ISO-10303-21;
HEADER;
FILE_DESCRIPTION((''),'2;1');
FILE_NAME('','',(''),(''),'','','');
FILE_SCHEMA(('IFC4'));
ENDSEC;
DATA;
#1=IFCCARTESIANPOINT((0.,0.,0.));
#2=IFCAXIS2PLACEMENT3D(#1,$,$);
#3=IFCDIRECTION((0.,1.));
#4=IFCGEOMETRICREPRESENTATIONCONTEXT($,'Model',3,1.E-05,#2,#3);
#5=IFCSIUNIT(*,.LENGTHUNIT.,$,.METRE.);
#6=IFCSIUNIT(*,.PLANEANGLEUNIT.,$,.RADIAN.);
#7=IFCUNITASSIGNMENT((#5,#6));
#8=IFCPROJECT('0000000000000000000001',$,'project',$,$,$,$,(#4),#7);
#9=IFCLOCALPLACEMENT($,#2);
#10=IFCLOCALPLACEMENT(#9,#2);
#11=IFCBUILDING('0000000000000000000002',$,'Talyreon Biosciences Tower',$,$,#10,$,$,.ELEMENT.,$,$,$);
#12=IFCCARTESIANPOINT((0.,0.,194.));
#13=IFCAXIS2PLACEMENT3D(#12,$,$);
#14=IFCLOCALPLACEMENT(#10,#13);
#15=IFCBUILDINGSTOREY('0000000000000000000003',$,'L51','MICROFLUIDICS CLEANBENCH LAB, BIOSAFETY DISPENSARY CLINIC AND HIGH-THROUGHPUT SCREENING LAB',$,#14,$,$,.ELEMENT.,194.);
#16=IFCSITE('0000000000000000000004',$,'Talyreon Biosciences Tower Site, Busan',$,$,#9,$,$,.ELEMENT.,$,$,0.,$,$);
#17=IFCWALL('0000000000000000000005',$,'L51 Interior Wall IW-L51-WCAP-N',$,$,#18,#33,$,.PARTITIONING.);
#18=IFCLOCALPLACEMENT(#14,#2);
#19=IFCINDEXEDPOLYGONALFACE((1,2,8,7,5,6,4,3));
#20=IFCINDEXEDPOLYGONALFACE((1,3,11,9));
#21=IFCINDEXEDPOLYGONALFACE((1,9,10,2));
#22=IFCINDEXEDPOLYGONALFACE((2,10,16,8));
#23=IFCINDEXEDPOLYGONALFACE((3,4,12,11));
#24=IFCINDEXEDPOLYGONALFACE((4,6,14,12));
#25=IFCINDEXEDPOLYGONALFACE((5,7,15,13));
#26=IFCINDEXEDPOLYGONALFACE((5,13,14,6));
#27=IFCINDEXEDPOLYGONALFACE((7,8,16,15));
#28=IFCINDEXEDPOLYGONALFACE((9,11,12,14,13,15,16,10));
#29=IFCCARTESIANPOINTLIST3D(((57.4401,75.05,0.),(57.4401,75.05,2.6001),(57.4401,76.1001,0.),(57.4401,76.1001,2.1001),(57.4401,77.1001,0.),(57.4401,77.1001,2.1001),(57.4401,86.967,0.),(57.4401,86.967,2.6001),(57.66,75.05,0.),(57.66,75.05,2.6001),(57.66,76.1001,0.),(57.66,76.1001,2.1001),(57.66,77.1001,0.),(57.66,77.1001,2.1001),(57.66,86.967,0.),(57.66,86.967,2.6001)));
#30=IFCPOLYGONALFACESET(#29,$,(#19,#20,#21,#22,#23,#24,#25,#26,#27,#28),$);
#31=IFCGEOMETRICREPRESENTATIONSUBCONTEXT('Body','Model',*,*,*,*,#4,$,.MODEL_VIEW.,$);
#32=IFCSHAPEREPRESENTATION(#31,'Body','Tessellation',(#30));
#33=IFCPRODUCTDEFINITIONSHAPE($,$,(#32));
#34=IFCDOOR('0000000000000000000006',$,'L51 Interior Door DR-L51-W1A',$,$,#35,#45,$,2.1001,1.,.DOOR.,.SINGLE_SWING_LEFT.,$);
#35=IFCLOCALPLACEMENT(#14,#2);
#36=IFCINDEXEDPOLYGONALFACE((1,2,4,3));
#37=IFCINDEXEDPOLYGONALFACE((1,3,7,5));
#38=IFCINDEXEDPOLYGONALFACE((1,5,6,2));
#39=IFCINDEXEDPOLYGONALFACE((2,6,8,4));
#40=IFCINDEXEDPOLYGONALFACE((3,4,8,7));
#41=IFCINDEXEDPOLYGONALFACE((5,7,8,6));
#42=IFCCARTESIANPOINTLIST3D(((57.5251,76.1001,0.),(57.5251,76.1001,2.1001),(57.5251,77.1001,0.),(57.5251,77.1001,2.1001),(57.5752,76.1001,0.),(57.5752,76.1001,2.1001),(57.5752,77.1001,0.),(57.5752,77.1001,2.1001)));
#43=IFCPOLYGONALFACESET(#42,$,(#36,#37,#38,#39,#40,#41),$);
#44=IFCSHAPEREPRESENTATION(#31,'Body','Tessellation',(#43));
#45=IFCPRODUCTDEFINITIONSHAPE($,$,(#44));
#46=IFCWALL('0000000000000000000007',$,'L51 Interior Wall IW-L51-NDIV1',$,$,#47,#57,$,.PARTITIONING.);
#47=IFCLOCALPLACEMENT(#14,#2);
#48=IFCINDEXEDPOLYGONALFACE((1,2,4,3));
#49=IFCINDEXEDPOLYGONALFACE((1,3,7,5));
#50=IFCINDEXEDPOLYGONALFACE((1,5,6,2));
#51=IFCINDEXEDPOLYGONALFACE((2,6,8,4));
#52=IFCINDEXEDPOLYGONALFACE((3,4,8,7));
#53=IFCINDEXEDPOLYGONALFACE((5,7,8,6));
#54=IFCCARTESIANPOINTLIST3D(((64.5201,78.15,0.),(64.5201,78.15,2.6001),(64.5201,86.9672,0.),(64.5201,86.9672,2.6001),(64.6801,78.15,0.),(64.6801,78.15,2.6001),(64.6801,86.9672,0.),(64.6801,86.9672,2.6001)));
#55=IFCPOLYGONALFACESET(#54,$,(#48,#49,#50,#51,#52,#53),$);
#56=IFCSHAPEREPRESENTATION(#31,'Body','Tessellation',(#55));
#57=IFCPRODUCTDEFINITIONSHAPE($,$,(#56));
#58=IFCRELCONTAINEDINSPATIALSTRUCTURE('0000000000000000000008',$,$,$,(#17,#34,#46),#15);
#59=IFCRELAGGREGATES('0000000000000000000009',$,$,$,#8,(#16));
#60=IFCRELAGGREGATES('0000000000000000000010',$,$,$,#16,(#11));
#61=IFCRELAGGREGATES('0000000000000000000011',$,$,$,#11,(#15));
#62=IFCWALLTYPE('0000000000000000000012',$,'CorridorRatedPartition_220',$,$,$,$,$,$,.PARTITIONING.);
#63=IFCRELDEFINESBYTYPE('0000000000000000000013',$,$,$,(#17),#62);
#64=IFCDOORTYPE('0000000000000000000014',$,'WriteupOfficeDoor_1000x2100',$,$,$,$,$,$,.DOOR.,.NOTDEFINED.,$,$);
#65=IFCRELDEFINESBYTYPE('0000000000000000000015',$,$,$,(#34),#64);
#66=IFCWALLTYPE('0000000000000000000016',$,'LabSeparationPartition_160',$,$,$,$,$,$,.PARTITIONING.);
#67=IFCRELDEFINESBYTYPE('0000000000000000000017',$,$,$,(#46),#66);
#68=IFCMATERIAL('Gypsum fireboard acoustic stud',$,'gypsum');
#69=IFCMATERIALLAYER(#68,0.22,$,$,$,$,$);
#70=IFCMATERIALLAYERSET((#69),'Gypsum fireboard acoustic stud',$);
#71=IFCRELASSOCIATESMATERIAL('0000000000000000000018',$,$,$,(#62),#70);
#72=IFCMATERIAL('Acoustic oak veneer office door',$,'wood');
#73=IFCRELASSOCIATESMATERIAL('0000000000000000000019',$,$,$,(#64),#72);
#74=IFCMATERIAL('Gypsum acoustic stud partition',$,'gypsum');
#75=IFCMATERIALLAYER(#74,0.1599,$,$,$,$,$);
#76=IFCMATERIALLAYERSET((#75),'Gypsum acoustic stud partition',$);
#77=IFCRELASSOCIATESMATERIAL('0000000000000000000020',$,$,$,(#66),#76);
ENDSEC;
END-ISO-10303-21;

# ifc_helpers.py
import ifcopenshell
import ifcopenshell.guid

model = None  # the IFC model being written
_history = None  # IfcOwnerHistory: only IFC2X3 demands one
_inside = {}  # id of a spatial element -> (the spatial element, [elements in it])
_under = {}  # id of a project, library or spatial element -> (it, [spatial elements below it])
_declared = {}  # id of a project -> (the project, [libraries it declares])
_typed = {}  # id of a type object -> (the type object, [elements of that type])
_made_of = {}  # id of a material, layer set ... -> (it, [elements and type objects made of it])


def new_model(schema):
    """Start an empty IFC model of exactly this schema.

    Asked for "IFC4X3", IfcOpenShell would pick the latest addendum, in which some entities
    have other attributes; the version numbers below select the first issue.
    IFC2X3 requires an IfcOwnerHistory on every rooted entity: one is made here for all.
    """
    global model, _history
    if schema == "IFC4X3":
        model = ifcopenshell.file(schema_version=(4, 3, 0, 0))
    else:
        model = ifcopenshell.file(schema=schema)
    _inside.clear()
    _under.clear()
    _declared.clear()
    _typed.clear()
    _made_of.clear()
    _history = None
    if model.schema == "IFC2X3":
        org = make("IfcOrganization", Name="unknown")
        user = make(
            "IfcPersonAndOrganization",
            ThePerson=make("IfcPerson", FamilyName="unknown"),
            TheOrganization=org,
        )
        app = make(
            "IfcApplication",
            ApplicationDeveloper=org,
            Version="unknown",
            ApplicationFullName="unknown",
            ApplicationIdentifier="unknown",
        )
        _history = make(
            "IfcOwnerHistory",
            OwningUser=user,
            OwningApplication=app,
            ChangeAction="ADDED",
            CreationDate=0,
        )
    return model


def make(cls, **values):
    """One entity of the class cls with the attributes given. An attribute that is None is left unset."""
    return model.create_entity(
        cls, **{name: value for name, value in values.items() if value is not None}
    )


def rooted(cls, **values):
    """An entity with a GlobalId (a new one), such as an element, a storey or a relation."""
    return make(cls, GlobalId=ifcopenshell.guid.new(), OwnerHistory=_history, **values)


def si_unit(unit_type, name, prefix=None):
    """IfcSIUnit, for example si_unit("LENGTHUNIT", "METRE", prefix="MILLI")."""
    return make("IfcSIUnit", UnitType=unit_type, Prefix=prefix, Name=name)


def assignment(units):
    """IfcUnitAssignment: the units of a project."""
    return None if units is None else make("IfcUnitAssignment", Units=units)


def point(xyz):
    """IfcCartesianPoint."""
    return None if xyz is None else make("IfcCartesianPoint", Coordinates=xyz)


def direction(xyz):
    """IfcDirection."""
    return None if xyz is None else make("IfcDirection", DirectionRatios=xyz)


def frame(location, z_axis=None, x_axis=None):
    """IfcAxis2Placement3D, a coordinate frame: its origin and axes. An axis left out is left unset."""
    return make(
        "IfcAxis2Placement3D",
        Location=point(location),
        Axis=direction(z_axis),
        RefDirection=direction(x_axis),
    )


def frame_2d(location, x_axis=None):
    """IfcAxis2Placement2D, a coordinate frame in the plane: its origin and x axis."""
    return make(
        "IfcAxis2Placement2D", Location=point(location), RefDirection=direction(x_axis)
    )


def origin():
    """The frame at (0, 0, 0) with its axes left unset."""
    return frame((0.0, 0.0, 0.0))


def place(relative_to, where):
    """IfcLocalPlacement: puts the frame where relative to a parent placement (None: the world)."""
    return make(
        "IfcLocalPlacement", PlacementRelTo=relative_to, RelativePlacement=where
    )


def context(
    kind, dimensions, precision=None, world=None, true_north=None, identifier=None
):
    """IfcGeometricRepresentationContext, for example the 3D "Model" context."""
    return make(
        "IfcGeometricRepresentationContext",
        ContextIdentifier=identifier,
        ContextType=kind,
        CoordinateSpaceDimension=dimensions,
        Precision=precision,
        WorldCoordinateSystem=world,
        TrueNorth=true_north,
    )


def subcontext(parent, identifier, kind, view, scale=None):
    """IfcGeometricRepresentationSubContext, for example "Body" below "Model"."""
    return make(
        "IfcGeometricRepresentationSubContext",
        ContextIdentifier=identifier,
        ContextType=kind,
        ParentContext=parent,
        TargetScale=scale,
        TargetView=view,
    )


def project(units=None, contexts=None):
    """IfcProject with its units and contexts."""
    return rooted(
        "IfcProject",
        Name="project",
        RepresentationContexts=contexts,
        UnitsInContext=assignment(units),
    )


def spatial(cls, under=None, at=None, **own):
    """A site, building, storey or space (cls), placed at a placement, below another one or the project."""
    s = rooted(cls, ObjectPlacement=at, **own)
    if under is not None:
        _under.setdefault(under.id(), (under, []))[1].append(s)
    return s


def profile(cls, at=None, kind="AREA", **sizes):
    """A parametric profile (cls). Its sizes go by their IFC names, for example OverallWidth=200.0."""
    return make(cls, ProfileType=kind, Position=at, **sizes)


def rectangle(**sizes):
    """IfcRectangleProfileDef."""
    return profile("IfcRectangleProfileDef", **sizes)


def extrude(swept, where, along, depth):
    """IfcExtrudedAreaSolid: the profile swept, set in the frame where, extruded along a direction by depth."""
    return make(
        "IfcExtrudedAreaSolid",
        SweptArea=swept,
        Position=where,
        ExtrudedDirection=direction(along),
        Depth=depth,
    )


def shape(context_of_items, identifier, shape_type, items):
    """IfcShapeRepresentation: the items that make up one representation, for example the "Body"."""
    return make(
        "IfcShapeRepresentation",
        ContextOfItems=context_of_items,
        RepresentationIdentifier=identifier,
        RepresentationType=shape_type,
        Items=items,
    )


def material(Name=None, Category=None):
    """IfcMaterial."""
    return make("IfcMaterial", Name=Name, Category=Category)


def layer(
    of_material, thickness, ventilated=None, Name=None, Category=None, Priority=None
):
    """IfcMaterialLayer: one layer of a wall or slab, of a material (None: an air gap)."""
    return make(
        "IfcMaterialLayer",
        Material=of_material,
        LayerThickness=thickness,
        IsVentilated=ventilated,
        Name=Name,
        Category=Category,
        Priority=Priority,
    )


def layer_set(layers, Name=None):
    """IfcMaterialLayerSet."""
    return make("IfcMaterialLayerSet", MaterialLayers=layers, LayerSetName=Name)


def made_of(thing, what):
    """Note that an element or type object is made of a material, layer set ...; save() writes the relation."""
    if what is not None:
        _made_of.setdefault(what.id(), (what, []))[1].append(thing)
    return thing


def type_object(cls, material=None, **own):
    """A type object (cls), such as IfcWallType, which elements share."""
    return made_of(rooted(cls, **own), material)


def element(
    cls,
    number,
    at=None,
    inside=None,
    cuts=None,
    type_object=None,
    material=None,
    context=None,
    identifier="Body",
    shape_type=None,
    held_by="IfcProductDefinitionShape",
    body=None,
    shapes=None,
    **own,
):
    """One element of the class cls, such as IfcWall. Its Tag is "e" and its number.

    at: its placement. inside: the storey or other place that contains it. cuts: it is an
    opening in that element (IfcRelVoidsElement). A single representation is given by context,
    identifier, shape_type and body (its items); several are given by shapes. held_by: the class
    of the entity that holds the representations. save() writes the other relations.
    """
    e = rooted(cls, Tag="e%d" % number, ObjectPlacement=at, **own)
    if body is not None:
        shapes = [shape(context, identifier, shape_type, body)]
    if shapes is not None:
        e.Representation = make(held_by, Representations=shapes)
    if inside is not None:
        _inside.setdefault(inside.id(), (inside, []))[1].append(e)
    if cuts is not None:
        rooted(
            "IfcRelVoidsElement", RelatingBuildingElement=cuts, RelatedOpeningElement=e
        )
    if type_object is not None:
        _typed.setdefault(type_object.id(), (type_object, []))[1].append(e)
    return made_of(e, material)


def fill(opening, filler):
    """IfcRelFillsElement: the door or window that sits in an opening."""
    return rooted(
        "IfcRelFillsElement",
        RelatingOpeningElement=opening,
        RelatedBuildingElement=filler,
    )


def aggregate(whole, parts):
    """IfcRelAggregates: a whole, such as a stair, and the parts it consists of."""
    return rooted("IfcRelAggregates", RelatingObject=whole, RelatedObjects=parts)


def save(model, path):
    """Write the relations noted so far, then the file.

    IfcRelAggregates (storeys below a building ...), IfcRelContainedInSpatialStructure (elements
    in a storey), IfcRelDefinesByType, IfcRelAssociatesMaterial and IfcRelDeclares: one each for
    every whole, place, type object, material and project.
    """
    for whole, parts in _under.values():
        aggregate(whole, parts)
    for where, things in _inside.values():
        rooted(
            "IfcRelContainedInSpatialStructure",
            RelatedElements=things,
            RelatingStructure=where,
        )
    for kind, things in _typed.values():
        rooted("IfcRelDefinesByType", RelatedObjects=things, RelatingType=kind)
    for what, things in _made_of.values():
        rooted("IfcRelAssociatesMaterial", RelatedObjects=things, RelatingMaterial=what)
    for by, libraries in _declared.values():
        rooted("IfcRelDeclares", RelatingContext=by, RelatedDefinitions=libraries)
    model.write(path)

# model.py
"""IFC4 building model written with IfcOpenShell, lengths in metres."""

from ifc_helpers import new_model, si_unit, direction, frame, frame_2d, origin, place, context, subcontext, project, spatial, rectangle, extrude, material, layer, layer_set, type_object, element, fill, save


model = new_model("IFC4")

# Units and contexts
model_context = context("Model", 3, precision=1e-05, world=origin(), true_north=direction((0.0, 1.0)))
body_context = subcontext(model_context, "Body", "Model", "MODEL_VIEW")
ifc_project = project(units=[si_unit("LENGTHUNIT", "METRE"), si_unit("PLANEANGLEUNIT", "RADIAN")], contexts=[model_context])

# Site, building, storey
site_placement = place(None, origin())
site = spatial("IfcSite", under=ifc_project, at=site_placement, Name="Talyreon Biosciences Tower Site, Busan", CompositionType="ELEMENT", RefElevation=0.0)
building_placement = place(site_placement, origin())
building = spatial("IfcBuilding", under=site, at=building_placement, Name="Talyreon Biosciences Tower", CompositionType="ELEMENT")
storey_placement = place(building_placement, frame((0.0, 0.0, 194.0)))
storey = spatial("IfcBuildingStorey", under=building, at=storey_placement, Name="L51", Description="MICROFLUIDICS CLEANBENCH LAB, BIOSAFETY DISPENSARY CLINIC AND HIGH-THROUGHPUT SCREENING LAB", CompositionType="ELEMENT", Elevation=194.0)

# Shared definitions
ifc_material_1 = material(Name="Gypsum fireboard acoustic stud", Category="gypsum")
ifc_layer_1 = layer(ifc_material_1, 0.22)
ifc_layer_set_1 = layer_set([ifc_layer_1], Name="Gypsum fireboard acoustic stud")
wall_type_1 = type_object("IfcWallType", Name="CorridorRatedPartition_220", PredefinedType="PARTITIONING", material=ifc_layer_set_1)
ifc_material_2 = material(Name="Acoustic oak veneer office door", Category="wood")
door_type_1 = type_object("IfcDoorType", Name="WriteupOfficeDoor_1000x2100", OperationType="NOTDEFINED", PredefinedType="DOOR", material=ifc_material_2)

# Wall, opening, door
wall_1_placement = place(storey_placement, frame((57.55, 75.05, 0.0), z_axis=(0.0, 0.0, 1.0), x_axis=(0.0, 1.0, 0.0)))
wall_1 = element("IfcWall", 1, at=wall_1_placement, inside=storey, type_object=wall_type_1, Name="L51 Interior Wall IW-L51-WCAP-N", PredefinedType="PARTITIONING", context=body_context, shape_type="SweptSolid", body=[
    extrude(rectangle(XDim=11.917, YDim=0.22, at=frame_2d((5.9585, 0.0))), origin(), (0.0, 0.0, 1.0), 2.6001),
])
opening_1_placement = place(wall_1_placement, frame((1.05, 0.0, 0.0)))
opening_1 = element("IfcOpeningElement", 2, at=opening_1_placement, cuts=wall_1, PredefinedType="OPENING", context=body_context, shape_type="SweptSolid", body=[
    extrude(rectangle(XDim=1.0, YDim=2.1001, at=frame_2d((0.5, 1.05))), frame((0.0, 0.1199, 0.0), z_axis=(0.0, -1.0, 0.0), x_axis=(1.0, 0.0, 0.0)), (0.0, 0.0, 1.0), 0.24),
])
door_1_placement = place(opening_1_placement, origin())
door_1 = element("IfcDoor", 3, at=door_1_placement, inside=storey, type_object=door_type_1, Name="L51 Interior Door DR-L51-W1A", OperationType="SINGLE_SWING_LEFT", OverallHeight=2.1001, OverallWidth=1.0, PredefinedType="DOOR", context=body_context, shape_type="SweptSolid", body=[
    extrude(rectangle(XDim=1.0, YDim=2.1001, at=frame_2d((0.5, 1.05))), frame((0.0, 0.0249, 0.0), z_axis=(0.0, -1.0, 0.0), x_axis=(1.0, 0.0, 0.0)), (0.0, 0.0, 1.0), 0.05),
])
fill(opening_1, door_1)

# Wall
ifc_material_3 = material(Name="Gypsum acoustic stud partition", Category="gypsum")
ifc_layer_2 = layer(ifc_material_3, 0.1599)
ifc_layer_set_2 = layer_set([ifc_layer_2], Name="Gypsum acoustic stud partition")
wall_type_2 = type_object("IfcWallType", Name="LabSeparationPartition_160", PredefinedType="PARTITIONING", material=ifc_layer_set_2)
wall_2_placement = place(storey_placement, frame((64.6001, 78.1499, 0.0), z_axis=(0.0, 0.0, 1.0), x_axis=(0.0, 1.0, 0.0)))
element("IfcWall", 4, at=wall_2_placement, inside=storey, type_object=wall_type_2, Name="L51 Interior Wall IW-L51-NDIV1", PredefinedType="PARTITIONING", context=body_context, shape_type="SweptSolid", body=[
    extrude(rectangle(XDim=8.8171, YDim=0.1599, at=frame_2d((4.4087, 0.0))), origin(), (0.0, 0.0, 1.0), 2.6001),
])

save(model, "model.ifc")
